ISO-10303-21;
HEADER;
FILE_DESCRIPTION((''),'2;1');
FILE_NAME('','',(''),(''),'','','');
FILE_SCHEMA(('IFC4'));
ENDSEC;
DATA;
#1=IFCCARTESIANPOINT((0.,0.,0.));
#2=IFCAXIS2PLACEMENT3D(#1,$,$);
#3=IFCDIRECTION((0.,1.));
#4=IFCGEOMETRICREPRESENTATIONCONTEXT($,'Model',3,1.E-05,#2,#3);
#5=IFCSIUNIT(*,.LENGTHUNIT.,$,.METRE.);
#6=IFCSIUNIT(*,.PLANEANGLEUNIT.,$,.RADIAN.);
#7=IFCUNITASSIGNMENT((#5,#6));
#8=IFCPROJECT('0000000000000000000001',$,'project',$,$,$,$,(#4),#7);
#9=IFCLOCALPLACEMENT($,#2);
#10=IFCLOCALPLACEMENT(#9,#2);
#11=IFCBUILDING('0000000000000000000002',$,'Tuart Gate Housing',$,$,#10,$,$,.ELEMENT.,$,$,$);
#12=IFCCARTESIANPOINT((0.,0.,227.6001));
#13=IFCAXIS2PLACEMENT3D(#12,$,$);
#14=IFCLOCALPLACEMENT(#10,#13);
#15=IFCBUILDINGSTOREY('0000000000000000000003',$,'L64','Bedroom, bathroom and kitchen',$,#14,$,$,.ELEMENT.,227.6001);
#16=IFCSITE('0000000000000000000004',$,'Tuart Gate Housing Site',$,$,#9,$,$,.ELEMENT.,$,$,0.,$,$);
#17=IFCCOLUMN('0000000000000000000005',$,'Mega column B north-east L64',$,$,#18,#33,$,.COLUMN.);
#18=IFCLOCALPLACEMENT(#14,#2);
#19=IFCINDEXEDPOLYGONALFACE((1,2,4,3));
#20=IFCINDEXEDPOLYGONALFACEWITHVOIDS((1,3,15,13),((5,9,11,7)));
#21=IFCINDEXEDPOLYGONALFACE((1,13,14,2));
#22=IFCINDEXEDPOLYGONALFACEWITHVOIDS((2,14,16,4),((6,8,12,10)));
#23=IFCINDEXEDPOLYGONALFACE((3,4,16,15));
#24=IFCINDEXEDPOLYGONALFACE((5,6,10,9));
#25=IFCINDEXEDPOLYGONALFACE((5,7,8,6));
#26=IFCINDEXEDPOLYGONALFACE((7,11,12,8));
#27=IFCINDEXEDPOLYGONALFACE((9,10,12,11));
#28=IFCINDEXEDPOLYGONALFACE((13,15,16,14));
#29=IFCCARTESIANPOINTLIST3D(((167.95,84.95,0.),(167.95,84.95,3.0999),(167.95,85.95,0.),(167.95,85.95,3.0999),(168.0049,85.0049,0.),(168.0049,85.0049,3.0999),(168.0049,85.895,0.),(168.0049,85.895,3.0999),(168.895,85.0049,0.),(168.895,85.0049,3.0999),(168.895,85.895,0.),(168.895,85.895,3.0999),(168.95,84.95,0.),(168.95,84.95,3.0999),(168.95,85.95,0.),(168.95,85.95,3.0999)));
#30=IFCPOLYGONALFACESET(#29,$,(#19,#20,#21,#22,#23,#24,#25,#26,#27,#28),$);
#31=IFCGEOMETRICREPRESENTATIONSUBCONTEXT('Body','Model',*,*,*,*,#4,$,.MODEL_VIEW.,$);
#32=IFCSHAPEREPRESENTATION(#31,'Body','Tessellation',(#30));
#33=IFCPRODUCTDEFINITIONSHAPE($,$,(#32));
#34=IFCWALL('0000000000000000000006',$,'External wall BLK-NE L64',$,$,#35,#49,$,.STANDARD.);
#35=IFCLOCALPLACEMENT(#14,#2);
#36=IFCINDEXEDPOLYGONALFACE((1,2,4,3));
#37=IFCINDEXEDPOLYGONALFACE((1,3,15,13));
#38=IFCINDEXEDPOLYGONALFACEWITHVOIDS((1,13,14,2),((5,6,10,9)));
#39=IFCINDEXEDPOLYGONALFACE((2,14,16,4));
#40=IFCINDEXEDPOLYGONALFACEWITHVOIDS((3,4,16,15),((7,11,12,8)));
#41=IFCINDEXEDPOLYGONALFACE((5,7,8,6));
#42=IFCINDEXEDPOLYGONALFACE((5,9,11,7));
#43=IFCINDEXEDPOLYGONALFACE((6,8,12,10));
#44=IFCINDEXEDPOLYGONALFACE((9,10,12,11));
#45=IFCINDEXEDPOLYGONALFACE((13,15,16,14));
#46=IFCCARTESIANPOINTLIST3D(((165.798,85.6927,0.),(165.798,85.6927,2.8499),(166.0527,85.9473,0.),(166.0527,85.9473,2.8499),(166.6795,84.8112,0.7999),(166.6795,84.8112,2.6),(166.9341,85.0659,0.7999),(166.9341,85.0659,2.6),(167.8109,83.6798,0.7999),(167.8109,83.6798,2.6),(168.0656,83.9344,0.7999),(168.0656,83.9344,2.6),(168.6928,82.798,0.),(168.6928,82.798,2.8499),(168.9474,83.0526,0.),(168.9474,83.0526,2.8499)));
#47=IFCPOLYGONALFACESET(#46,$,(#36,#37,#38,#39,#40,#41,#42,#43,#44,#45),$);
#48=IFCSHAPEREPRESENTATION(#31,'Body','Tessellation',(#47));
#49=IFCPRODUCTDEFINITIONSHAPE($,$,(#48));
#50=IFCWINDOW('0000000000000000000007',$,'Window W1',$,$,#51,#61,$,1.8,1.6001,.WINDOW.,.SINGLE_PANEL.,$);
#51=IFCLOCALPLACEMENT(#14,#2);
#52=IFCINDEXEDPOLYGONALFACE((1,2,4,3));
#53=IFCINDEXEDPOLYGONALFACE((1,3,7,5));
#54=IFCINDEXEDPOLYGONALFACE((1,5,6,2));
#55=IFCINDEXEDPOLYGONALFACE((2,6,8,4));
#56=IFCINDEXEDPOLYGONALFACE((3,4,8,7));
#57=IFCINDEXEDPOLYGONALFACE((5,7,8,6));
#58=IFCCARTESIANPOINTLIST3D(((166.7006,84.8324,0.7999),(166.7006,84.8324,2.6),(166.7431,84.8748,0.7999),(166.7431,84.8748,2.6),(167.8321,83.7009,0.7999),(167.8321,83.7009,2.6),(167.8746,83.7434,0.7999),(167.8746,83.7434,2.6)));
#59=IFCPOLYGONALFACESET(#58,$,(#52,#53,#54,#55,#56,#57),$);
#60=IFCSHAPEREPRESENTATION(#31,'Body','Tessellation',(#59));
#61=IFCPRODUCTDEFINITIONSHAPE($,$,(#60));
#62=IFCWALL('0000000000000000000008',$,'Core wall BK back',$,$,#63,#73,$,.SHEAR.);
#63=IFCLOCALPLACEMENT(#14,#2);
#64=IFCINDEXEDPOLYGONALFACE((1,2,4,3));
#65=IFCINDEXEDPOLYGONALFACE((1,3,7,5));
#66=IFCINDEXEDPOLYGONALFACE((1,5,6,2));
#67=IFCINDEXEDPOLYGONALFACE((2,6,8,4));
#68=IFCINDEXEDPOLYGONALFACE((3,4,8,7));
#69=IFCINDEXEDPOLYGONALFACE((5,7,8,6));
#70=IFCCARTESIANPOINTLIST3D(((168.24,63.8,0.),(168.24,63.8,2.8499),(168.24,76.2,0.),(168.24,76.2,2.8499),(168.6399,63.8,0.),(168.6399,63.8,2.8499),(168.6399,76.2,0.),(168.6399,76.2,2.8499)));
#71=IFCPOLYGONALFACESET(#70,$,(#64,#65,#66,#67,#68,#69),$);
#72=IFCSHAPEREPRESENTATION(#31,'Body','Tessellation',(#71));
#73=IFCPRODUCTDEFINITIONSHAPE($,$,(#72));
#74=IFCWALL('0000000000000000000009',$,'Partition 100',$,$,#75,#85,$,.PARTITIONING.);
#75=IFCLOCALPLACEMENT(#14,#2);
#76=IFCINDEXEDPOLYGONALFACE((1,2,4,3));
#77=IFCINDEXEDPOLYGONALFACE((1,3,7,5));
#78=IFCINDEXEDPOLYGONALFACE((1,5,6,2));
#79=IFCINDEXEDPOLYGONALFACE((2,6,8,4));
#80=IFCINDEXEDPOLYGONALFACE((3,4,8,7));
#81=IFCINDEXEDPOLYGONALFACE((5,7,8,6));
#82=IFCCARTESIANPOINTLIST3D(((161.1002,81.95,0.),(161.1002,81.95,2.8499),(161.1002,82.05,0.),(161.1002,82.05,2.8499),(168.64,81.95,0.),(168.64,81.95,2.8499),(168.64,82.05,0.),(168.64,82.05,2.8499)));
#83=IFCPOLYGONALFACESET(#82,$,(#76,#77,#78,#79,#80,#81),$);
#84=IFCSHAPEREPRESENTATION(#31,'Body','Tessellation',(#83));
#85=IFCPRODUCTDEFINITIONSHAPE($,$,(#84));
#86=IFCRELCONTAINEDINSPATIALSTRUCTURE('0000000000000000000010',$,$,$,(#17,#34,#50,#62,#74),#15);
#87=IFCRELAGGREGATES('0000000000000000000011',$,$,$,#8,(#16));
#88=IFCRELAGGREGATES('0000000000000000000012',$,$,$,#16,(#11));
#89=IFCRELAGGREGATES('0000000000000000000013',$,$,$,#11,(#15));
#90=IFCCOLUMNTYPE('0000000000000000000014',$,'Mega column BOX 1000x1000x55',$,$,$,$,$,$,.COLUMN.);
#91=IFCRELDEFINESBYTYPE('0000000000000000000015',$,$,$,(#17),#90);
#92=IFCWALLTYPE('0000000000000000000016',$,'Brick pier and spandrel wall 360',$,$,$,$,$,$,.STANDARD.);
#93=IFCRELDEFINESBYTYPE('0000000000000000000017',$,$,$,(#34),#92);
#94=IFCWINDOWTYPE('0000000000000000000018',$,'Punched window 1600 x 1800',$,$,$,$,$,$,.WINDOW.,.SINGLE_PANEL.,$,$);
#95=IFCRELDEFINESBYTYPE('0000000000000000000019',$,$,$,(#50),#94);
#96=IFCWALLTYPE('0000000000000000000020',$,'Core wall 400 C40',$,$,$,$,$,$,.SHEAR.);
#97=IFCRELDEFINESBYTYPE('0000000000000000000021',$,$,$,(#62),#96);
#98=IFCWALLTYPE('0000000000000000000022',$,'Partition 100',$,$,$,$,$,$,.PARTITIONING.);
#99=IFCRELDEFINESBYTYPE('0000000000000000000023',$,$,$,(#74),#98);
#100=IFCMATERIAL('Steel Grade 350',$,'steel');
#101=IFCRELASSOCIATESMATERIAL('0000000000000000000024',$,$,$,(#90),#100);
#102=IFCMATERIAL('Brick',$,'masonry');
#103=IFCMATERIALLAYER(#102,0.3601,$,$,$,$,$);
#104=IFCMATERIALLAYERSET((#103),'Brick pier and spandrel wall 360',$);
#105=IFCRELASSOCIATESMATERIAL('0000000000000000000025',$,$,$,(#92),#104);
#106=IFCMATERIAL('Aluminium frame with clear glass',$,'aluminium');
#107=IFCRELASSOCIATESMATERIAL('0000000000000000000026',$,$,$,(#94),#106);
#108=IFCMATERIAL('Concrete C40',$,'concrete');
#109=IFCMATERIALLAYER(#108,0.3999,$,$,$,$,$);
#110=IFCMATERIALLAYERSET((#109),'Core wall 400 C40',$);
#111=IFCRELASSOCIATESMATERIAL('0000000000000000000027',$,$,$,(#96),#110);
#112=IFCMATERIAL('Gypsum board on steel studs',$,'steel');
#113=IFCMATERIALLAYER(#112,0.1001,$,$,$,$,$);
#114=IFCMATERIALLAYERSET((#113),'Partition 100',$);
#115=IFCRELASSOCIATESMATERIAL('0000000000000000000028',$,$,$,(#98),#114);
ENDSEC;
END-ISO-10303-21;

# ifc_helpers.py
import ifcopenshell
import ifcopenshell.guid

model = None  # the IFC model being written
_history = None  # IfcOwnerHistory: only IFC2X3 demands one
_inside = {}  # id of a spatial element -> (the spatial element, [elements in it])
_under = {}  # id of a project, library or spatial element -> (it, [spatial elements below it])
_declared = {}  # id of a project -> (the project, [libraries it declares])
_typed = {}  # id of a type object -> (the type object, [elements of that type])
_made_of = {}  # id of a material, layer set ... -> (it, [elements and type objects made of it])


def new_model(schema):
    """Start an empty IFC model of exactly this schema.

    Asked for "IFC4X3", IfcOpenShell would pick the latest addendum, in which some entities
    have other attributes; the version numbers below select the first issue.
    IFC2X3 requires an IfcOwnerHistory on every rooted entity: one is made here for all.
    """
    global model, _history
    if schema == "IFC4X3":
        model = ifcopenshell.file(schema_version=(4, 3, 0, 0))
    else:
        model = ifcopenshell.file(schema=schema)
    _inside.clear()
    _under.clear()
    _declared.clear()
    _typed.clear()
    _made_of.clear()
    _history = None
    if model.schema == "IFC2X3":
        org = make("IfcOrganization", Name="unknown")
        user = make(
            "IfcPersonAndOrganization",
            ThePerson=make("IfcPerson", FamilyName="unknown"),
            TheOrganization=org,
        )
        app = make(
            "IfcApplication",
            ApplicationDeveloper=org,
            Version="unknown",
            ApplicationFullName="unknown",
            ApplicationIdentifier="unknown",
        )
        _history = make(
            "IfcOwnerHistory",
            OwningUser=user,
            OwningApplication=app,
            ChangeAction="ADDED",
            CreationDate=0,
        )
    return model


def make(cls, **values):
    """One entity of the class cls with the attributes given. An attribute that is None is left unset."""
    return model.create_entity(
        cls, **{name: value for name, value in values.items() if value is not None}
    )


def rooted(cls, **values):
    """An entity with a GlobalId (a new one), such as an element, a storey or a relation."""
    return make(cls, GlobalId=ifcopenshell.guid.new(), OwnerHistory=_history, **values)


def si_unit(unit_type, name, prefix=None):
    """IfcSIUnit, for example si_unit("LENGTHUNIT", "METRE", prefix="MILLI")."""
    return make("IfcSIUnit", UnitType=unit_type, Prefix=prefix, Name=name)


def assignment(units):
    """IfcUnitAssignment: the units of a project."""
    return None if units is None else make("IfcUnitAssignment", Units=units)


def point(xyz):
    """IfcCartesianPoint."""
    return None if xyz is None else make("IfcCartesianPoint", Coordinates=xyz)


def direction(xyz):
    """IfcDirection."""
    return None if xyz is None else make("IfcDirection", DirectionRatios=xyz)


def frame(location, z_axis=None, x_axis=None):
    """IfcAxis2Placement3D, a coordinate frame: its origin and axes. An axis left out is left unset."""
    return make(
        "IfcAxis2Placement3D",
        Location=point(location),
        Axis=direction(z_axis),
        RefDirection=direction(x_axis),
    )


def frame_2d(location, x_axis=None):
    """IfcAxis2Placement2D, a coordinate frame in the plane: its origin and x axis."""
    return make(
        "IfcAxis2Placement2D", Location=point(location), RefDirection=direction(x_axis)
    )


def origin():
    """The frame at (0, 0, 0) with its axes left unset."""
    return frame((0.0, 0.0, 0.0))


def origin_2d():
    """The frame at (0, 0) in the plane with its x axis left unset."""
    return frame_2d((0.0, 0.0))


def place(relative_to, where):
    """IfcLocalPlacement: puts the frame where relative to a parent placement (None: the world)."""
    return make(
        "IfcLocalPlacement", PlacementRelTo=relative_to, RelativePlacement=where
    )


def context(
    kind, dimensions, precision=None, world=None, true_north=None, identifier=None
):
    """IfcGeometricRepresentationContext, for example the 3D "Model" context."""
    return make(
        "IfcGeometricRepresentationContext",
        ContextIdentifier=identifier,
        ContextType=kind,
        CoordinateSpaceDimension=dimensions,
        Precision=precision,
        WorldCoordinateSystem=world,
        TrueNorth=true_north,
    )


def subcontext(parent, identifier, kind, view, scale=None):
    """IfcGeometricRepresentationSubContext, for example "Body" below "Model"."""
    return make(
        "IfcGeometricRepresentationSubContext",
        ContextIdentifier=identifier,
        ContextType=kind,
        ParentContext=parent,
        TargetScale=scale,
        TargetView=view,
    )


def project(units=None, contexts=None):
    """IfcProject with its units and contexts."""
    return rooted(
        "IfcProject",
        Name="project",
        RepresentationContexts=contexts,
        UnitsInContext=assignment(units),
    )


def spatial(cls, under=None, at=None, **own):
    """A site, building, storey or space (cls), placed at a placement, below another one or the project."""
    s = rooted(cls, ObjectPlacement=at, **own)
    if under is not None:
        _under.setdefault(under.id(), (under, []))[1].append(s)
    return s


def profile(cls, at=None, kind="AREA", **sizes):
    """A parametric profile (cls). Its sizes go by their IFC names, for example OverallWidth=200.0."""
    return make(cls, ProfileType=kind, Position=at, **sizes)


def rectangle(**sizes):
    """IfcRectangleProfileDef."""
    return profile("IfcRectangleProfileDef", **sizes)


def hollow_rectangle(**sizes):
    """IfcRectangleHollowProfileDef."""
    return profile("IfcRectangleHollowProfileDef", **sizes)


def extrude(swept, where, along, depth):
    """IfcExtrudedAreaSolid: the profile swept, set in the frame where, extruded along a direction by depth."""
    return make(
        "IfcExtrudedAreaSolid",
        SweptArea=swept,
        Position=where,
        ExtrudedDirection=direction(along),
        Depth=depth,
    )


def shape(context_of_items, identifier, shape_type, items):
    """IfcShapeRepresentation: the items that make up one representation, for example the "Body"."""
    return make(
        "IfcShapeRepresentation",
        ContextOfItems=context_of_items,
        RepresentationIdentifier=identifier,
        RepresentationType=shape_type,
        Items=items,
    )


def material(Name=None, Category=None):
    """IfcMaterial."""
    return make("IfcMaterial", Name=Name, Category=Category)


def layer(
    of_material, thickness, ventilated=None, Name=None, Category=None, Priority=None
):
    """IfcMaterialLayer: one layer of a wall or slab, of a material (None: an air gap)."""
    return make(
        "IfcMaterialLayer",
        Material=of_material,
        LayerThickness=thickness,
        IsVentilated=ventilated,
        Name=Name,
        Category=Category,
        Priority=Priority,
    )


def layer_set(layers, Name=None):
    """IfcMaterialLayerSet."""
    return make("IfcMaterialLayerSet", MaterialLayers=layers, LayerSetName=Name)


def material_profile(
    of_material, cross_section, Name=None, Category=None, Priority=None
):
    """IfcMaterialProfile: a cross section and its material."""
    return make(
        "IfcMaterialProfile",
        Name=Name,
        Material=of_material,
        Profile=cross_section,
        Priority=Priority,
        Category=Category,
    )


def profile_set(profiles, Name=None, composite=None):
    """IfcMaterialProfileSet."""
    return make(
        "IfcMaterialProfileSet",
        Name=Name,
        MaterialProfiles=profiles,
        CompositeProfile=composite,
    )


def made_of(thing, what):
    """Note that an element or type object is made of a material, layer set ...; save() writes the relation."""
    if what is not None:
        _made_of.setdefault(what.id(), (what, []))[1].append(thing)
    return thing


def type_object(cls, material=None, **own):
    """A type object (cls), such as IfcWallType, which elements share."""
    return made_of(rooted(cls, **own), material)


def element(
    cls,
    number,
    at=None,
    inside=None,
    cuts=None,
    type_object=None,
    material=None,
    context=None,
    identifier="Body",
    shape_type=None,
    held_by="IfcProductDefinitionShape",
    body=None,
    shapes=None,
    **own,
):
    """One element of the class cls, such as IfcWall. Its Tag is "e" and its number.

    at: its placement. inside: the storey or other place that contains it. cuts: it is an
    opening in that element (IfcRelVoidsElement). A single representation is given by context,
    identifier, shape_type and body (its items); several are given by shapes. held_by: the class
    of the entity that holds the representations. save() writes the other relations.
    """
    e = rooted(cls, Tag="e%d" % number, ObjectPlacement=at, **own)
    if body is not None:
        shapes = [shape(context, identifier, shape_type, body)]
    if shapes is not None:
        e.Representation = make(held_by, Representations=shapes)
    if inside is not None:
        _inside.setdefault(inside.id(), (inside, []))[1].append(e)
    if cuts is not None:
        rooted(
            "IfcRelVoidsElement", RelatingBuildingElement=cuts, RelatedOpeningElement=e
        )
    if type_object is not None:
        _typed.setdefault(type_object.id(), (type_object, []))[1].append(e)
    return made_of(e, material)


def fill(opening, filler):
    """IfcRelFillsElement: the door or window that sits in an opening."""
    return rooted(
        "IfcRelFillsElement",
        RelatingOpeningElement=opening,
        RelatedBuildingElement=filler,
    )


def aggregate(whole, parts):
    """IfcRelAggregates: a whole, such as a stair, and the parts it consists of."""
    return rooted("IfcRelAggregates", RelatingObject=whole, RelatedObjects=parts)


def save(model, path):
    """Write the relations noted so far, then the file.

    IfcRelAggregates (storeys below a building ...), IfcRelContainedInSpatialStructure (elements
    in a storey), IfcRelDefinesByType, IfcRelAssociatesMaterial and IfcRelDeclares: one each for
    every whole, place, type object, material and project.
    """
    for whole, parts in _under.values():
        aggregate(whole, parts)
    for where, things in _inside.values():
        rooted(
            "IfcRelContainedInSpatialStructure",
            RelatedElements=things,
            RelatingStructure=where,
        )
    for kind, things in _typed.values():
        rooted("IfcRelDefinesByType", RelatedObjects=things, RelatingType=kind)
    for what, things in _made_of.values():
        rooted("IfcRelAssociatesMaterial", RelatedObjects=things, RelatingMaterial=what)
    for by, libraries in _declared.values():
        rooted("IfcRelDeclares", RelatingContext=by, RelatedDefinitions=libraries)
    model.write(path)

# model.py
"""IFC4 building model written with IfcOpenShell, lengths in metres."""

from ifc_helpers import new_model, si_unit, direction, frame, frame_2d, origin, origin_2d, place, context, subcontext, project, spatial, rectangle, hollow_rectangle, extrude, material, layer, layer_set, material_profile, profile_set, type_object, element, fill, save


model = new_model("IFC4")

# Units and contexts
model_context = context("Model", 3, precision=1e-05, world=origin(), true_north=direction((0.0, 1.0)))
body_context = subcontext(model_context, "Body", "Model", "MODEL_VIEW")
ifc_project = project(units=[si_unit("LENGTHUNIT", "METRE"), si_unit("PLANEANGLEUNIT", "RADIAN")], contexts=[model_context])

# Site, building, storey
site_placement = place(None, origin())
site = spatial("IfcSite", under=ifc_project, at=site_placement, Name="Tuart Gate Housing Site", CompositionType="ELEMENT", RefElevation=0.0)
building_placement = place(site_placement, origin())
building = spatial("IfcBuilding", under=site, at=building_placement, Name="Tuart Gate Housing", CompositionType="ELEMENT")
storey_placement = place(building_placement, frame((0.0, 0.0, 227.6001)))
storey = spatial("IfcBuildingStorey", under=building, at=storey_placement, Name="L64", Description="Bedroom, bathroom and kitchen", CompositionType="ELEMENT", Elevation=227.6001)

# Column
ifc_material_1 = material(Name="Steel Grade 350", Category="steel")
ifc_material_profile = material_profile(ifc_material_1, hollow_rectangle(XDim=1.0, YDim=1.0, WallThickness=0.0549, at=origin_2d()), Name="BOX 1000x1000x55")
ifc_profile_set = profile_set([ifc_material_profile], Name="Steel Grade 350")
column_type = type_object("IfcColumnType", Name="Mega column BOX 1000x1000x55", PredefinedType="COLUMN", material=ifc_profile_set)
column_placement = place(storey_placement, frame((168.45, 85.45, 0.0), z_axis=(0.0, 0.0, 1.0), x_axis=(1.0, 0.0, 0.0)))
element("IfcColumn", 1, at=column_placement, inside=storey, type_object=column_type, Name="Mega column B north-east L64", PredefinedType="COLUMN", context=body_context, shape_type="SweptSolid", body=[
    extrude(hollow_rectangle(XDim=1.0, YDim=1.0, WallThickness=0.0549, at=origin_2d()), origin(), (0.0, 0.0, 1.0), 3.0999),
])

# Wall, opening, window
ifc_material_2 = material(Name="Brick", Category="masonry")
ifc_layer_1 = layer(ifc_material_2, 0.3601)
ifc_layer_set_1 = layer_set([ifc_layer_1], Name="Brick pier and spandrel wall 360")
wall_type_1 = type_object("IfcWallType", Name="Brick pier and spandrel wall 360", PredefinedType="STANDARD", material=ifc_layer_set_1)
wall_1_placement = place(storey_placement, frame((168.8201, 82.9253, 0.0), z_axis=(0.0, 0.0, 1.0), x_axis=(-0.707107, 0.707107, 0.0)))
wall_1 = element("IfcWall", 2, at=wall_1_placement, inside=storey, type_object=wall_type_1, Name="External wall BLK-NE L64", PredefinedType="STANDARD", context=body_context, shape_type="SweptSolid", body=[
    extrude(rectangle(XDim=4.0938, YDim=0.3601, at=frame_2d((2.0469, 0.0))), origin(), (0.0, 0.0, 1.0), 2.8499),
])
opening_1_placement = place(wall_1_placement, frame((1.2471, 0.0, 0.8)))
opening_1 = element("IfcOpeningElement", 3, at=opening_1_placement, cuts=wall_1, PredefinedType="OPENING", context=body_context, shape_type="SweptSolid", body=[
    extrude(rectangle(XDim=1.6001, YDim=1.8, at=frame_2d((0.8, 0.8999))), frame((0.0, 0.1899, 0.0), z_axis=(0.0, -1.0, 0.0), x_axis=(1.0, 0.0, 0.0)), (0.0, 0.0, 1.0), 0.3801),
])
ifc_material_3 = material(Name="Aluminium frame with clear glass", Category="aluminium")
window_type_1 = type_object("IfcWindowType", Name="Punched window 1600 x 1800", PartitioningType="SINGLE_PANEL", PredefinedType="WINDOW", material=ifc_material_3)
window_1_placement = place(opening_1_placement, origin())
window_1 = element("IfcWindow", 4, at=window_1_placement, inside=storey, type_object=window_type_1, Name="Window W1", OverallHeight=1.8, OverallWidth=1.6001, PartitioningType="SINGLE_PANEL", PredefinedType="WINDOW", context=body_context, shape_type="SweptSolid", body=[
    extrude(rectangle(XDim=1.6001, YDim=1.8, at=frame_2d((0.8, 0.8999))), frame((0.0, 0.1501, 0.0), z_axis=(0.0, -1.0, 0.0), x_axis=(1.0, 0.0, 0.0)), (0.0, 0.0, 1.0), 0.0601),
])
fill(opening_1, window_1)

# Walls
ifc_material_4 = material(Name="Concrete C40", Category="concrete")
ifc_layer_2 = layer(ifc_material_4, 0.3999)
ifc_layer_set_2 = layer_set([ifc_layer_2], Name="Core wall 400 C40")
wall_type_2 = type_object("IfcWallType", Name="Core wall 400 C40", PredefinedType="SHEAR", material=ifc_layer_set_2)
wall_2_placement = place(storey_placement, frame((168.4399, 76.2, 0.0), z_axis=(0.0, 0.0, 1.0), x_axis=(0.0, -1.0, 0.0)))
element("IfcWall", 5, at=wall_2_placement, inside=storey, type_object=wall_type_2, Name="Core wall BK back", PredefinedType="SHEAR", context=body_context, shape_type="SweptSolid", body=[
    extrude(rectangle(XDim=12.3999, YDim=0.3999, at=frame_2d((6.2, 0.0))), origin(), (0.0, 0.0, 1.0), 2.8499),
])
ifc_material_5 = material(Name="Gypsum board on steel studs", Category="steel")
ifc_layer_3 = layer(ifc_material_5, 0.1001)
ifc_layer_set_3 = layer_set([ifc_layer_3], Name="Partition 100")
wall_type_3 = type_object("IfcWallType", Name="Partition 100", PredefinedType="PARTITIONING", material=ifc_layer_set_3)
wall_3_placement = place(storey_placement, frame((161.1001, 82.0, 0.0), z_axis=(0.0, 0.0, 1.0), x_axis=(1.0, 0.0, 0.0)))
element("IfcWall", 6, at=wall_3_placement, inside=storey, type_object=wall_type_3, Name="Partition 100", PredefinedType="PARTITIONING", context=body_context, shape_type="SweptSolid", body=[
    extrude(rectangle(XDim=7.5398, YDim=0.1001, at=frame_2d((3.77, 0.0))), origin(), (0.0, 0.0, 1.0), 2.8499),
])

save(model, "model.ifc")
